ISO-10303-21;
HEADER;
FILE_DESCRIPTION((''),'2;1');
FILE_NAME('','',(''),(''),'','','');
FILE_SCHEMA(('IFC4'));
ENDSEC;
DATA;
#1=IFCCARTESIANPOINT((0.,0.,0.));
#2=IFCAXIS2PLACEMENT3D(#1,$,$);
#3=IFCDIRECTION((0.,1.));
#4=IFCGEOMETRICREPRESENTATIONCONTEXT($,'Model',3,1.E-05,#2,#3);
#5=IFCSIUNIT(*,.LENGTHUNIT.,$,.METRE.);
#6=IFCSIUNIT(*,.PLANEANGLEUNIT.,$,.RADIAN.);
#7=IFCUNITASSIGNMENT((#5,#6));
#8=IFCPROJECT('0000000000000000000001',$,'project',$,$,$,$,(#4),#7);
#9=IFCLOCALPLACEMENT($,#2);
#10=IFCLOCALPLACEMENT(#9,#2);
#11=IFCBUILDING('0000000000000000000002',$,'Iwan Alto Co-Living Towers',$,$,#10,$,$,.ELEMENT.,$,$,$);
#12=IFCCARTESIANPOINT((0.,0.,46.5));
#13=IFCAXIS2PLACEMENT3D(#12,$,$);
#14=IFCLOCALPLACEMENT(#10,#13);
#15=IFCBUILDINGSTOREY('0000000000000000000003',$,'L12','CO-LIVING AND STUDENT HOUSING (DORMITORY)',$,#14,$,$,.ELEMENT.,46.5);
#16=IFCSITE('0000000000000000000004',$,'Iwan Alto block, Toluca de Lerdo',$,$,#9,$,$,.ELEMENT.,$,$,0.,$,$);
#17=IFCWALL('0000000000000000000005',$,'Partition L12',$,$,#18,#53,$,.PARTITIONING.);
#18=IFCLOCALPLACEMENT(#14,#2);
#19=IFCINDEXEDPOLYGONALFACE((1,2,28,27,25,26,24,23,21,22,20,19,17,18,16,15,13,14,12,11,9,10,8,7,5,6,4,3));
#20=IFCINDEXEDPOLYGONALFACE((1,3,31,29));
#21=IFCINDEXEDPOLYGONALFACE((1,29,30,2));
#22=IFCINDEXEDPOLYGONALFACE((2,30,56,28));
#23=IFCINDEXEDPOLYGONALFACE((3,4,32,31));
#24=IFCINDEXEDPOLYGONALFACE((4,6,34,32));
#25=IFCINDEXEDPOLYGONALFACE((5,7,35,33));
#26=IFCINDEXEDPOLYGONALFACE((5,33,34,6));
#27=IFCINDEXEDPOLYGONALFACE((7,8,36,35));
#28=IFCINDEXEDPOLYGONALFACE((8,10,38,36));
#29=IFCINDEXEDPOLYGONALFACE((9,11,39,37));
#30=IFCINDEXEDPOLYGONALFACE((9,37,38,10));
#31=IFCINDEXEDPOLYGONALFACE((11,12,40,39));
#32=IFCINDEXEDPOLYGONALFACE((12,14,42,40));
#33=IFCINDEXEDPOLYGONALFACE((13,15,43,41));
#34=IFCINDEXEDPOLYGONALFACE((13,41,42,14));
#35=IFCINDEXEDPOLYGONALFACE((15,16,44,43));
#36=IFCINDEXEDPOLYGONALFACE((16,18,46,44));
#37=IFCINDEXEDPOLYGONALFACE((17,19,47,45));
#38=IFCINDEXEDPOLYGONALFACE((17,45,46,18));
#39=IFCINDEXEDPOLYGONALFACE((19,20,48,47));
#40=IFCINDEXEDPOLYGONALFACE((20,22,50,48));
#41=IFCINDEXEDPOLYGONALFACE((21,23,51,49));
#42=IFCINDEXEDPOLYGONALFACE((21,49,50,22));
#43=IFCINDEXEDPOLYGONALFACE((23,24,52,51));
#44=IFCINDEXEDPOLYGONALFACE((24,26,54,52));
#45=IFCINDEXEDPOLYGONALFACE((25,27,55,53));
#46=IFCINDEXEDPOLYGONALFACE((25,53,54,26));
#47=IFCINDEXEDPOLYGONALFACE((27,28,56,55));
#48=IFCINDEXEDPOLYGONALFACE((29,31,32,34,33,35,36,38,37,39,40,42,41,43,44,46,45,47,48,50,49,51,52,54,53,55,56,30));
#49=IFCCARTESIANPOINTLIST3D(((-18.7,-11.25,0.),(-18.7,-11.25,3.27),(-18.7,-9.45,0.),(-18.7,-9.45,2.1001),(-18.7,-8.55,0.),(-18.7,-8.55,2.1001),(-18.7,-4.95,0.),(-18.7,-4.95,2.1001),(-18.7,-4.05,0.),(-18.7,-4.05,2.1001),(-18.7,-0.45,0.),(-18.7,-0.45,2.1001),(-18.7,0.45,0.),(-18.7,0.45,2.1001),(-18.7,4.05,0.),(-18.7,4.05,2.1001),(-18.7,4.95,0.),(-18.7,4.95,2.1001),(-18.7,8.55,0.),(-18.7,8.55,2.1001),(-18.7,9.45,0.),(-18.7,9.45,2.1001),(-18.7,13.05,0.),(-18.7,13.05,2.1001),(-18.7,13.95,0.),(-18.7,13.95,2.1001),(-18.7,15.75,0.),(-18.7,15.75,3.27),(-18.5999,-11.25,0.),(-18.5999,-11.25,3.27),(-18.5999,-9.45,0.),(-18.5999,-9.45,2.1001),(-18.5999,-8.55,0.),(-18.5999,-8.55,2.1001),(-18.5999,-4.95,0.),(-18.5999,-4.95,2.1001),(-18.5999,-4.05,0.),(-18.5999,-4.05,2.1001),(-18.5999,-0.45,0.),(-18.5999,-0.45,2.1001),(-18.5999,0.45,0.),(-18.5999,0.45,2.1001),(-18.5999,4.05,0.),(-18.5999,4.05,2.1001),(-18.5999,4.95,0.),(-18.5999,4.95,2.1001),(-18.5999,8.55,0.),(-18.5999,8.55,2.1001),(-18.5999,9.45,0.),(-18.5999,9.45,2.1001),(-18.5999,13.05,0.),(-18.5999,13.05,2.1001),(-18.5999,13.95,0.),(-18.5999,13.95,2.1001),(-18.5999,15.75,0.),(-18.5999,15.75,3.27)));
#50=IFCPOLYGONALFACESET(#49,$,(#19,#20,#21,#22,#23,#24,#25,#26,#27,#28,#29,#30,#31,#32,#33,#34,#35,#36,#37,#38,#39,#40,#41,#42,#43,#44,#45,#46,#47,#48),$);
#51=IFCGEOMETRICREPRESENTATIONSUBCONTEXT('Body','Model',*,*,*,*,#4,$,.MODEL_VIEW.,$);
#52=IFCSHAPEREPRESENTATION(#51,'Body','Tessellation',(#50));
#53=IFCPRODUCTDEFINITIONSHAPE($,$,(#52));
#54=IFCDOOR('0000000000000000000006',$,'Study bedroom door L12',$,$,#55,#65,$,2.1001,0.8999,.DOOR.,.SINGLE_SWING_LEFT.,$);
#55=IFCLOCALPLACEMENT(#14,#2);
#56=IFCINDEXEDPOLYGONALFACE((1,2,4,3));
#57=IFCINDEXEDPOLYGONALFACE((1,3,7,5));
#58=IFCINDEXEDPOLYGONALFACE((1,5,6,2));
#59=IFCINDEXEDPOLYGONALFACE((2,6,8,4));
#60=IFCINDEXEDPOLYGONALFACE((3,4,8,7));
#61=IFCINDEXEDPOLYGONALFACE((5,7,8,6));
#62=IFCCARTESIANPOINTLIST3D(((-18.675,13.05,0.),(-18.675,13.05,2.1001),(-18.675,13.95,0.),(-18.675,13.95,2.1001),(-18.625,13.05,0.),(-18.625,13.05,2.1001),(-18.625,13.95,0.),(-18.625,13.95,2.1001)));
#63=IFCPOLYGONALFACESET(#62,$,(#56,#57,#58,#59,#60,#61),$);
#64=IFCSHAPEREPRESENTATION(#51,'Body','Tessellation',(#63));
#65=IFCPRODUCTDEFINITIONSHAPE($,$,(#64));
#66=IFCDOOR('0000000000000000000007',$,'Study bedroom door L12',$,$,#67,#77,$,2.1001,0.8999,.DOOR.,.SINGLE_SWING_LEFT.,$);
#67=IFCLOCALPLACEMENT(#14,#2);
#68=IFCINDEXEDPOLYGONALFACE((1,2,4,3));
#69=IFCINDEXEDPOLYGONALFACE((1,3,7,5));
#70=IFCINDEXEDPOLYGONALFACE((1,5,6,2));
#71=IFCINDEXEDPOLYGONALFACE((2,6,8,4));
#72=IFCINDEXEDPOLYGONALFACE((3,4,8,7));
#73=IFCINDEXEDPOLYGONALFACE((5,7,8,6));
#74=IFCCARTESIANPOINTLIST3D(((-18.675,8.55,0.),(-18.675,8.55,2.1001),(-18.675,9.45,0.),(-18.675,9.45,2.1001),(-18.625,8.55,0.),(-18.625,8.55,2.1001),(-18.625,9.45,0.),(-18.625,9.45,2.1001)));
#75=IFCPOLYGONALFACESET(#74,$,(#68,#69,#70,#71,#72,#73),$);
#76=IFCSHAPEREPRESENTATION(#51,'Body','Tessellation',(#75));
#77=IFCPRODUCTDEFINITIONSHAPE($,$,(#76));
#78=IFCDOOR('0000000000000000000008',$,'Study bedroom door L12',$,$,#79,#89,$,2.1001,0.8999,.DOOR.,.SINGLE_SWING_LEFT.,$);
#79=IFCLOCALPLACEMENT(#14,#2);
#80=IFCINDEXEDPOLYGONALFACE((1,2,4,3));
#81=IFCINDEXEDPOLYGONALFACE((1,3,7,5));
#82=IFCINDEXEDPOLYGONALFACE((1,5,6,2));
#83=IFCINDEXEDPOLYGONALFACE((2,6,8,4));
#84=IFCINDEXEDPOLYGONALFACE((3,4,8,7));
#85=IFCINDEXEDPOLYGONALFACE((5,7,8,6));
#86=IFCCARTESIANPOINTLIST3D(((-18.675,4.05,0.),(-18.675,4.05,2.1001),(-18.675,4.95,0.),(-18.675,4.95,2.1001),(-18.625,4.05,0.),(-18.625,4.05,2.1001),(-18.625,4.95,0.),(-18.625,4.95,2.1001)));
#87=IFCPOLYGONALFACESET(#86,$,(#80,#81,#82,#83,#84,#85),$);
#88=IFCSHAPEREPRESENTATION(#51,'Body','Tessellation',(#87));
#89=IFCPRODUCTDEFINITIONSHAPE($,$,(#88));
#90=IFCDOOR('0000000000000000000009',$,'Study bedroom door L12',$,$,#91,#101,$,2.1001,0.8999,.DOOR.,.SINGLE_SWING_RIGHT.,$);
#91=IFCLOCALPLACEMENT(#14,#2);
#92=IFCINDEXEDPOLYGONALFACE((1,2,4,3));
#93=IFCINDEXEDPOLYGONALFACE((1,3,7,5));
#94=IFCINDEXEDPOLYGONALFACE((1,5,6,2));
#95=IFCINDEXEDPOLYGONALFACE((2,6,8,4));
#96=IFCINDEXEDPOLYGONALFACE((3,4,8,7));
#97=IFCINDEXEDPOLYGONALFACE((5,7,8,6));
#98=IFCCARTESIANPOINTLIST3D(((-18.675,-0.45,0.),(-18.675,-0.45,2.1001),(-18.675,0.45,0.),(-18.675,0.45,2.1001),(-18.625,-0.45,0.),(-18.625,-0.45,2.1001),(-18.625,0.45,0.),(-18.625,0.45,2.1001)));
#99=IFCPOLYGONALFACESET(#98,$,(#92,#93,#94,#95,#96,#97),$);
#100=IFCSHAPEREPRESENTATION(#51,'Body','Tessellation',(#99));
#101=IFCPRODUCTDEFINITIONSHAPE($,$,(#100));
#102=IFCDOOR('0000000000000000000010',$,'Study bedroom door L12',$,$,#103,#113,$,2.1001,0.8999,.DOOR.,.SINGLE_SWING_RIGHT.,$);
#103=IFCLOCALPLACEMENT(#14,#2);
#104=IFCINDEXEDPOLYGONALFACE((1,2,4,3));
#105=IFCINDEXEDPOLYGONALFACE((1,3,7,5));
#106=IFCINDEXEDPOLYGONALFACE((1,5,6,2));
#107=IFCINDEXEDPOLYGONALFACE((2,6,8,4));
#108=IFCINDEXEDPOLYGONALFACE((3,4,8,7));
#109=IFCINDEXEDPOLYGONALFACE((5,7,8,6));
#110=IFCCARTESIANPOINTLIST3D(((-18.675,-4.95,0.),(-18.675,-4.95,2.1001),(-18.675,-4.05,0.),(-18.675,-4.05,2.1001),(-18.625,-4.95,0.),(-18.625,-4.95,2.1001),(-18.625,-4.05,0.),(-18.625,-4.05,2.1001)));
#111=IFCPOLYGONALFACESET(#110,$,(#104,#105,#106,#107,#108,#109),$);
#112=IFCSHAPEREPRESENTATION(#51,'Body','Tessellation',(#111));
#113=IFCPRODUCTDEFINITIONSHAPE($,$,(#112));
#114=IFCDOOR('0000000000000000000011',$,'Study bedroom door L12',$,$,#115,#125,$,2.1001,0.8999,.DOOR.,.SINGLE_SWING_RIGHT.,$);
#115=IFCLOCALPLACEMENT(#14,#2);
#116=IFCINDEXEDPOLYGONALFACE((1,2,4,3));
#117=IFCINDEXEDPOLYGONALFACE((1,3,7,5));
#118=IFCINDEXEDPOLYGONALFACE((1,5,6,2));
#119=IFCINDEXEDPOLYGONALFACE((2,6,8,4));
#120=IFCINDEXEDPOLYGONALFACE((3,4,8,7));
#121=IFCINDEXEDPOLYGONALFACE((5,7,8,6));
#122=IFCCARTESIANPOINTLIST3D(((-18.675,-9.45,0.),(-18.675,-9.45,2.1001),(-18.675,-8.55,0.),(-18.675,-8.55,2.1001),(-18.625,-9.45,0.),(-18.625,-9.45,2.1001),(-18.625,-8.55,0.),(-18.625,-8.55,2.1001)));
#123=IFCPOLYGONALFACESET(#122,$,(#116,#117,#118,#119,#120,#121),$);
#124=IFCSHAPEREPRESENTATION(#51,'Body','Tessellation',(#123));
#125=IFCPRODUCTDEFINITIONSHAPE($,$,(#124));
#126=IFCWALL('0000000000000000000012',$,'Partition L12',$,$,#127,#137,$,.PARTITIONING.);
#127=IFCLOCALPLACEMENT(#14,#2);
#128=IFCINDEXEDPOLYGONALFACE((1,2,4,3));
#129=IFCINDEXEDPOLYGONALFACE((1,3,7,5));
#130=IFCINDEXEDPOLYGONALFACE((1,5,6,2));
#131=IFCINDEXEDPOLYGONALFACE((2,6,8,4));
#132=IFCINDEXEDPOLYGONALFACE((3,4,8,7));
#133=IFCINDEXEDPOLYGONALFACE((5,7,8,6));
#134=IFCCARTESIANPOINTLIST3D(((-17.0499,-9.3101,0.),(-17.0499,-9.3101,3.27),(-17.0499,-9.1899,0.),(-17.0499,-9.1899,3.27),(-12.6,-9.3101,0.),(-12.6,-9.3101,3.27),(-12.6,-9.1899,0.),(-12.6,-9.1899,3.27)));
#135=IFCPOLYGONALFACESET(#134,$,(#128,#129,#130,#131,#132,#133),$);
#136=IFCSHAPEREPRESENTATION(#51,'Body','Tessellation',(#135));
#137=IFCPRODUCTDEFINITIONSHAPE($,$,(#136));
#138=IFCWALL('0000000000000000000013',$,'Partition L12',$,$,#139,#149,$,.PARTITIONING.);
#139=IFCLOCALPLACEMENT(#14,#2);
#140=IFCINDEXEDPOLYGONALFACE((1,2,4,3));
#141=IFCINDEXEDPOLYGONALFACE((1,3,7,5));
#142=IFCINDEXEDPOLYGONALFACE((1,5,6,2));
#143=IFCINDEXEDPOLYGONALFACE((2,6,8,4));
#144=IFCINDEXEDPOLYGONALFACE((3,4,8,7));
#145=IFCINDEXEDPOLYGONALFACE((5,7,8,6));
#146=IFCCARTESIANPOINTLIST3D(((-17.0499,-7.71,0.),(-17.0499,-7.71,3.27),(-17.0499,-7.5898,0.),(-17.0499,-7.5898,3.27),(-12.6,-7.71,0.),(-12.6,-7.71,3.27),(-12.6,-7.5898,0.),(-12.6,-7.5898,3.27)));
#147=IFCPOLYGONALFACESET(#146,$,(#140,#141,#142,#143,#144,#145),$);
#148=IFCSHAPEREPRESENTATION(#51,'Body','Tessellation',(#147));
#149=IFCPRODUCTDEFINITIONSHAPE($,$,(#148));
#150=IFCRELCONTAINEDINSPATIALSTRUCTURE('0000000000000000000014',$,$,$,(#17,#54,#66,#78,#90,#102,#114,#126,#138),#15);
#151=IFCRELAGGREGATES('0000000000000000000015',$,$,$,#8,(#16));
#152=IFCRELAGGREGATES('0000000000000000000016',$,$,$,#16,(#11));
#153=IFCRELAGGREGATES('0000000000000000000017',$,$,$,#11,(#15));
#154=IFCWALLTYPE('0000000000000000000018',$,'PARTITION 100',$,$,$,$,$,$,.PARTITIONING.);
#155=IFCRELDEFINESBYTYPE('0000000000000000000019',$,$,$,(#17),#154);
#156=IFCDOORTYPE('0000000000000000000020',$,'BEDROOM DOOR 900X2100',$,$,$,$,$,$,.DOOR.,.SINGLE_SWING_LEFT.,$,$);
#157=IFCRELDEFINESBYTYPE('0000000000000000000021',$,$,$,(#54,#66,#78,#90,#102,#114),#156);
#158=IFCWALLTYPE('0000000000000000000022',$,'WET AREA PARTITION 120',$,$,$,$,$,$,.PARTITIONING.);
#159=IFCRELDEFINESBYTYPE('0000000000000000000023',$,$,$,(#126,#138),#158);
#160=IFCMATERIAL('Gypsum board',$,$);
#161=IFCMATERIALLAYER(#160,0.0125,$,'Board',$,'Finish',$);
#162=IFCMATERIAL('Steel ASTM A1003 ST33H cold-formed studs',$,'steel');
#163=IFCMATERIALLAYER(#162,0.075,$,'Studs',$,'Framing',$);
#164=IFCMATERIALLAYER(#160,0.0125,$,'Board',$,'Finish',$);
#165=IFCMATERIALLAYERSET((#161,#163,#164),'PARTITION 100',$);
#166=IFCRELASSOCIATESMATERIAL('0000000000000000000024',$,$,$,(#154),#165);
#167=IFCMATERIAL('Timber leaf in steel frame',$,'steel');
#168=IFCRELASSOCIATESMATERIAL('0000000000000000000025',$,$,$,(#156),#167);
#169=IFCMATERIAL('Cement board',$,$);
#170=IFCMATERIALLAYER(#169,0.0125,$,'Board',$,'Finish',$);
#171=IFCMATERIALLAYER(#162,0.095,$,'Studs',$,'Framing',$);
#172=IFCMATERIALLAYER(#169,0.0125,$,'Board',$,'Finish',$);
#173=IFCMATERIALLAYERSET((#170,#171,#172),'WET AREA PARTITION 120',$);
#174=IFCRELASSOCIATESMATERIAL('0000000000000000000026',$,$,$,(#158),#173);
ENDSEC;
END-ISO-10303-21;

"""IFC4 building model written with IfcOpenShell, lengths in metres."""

from ifc_helpers import new_model, si_unit, direction, frame, frame_2d, origin, place, context, subcontext, project, spatial, rectangle, extrude, material, layer, layer_set, type_object, element, fill, save


model = new_model("IFC4")

# Units and contexts
model_context = context("Model", 3, precision=1e-05, world=origin(), true_north=direction((0.0, 1.0)))
body_context = subcontext(model_context, "Body", "Model", "MODEL_VIEW")
ifc_project = project(units=[si_unit("LENGTHUNIT", "METRE"), si_unit("PLANEANGLEUNIT", "RADIAN")], contexts=[model_context])

# Site, building, storey
site_placement = place(None, origin())
site = spatial("IfcSite", under=ifc_project, at=site_placement, Name="Iwan Alto block, Toluca de Lerdo", CompositionType="ELEMENT", RefElevation=0.0)
building_placement = place(site_placement, origin())
building = spatial("IfcBuilding", under=site, at=building_placement, Name="Iwan Alto Co-Living Towers", CompositionType="ELEMENT")
storey_placement = place(building_placement, frame((0.0, 0.0, 46.5)))
storey = spatial("IfcBuildingStorey", under=building, at=storey_placement, Name="L12", Description="CO-LIVING AND STUDENT HOUSING (DORMITORY)", CompositionType="ELEMENT", Elevation=46.5)

# Shared definitions
ifc_material_1 = material(Name="Gypsum board")
ifc_layer_1 = layer(ifc_material_1, 0.0125, Name="Board", Category="Finish")
ifc_material_2 = material(Name="Steel ASTM A1003 ST33H cold-formed studs", Category="steel")
ifc_layer_2 = layer(ifc_material_2, 0.075, Name="Studs", Category="Framing")
ifc_layer_3 = layer(ifc_material_1, 0.0125, Name="Board", Category="Finish")
ifc_layer_set_1 = layer_set([ifc_layer_1, ifc_layer_2, ifc_layer_3], Name="PARTITION 100")
wall_type_1 = type_object("IfcWallType", Name="PARTITION 100", PredefinedType="PARTITIONING", material=ifc_layer_set_1)

# Wall, openings, doors
wall_1_placement = place(storey_placement, frame((-18.6499, -11.25, 0.0), z_axis=(0.0, 0.0, 1.0), x_axis=(0.0, 1.0, 0.0)))
wall_1 = element("IfcWall", 1, at=wall_1_placement, inside=storey, type_object=wall_type_1, Name="Partition L12", PredefinedType="PARTITIONING", context=body_context, shape_type="SweptSolid", body=[
    extrude(rectangle(XDim=27.0, YDim=0.1001, at=frame_2d((13.5, 0.0))), origin(), (0.0, 0.0, 1.0), 3.27),
])
opening_1_placement = place(wall_1_placement, frame((24.3, 0.0, 0.0)))
opening_1 = element("IfcOpeningElement", 2, at=opening_1_placement, cuts=wall_1, PredefinedType="OPENING", context=body_context, shape_type="SweptSolid", body=[
    extrude(rectangle(XDim=0.8999, YDim=2.1001, at=frame_2d((0.45, 1.05))), frame((0.0, 0.0601, 0.0), z_axis=(0.0, -1.0, 0.0), x_axis=(1.0, 0.0, 0.0)), (0.0, 0.0, 1.0), 0.1201),
])
opening_2_placement = place(wall_1_placement, frame((19.8, 0.0, 0.0)))
opening_2 = element("IfcOpeningElement", 3, at=opening_2_placement, cuts=wall_1, PredefinedType="OPENING", context=body_context, shape_type="SweptSolid", body=[
    extrude(rectangle(XDim=0.8999, YDim=2.1001, at=frame_2d((0.45, 1.05))), frame((0.0, 0.0601, 0.0), z_axis=(0.0, -1.0, 0.0), x_axis=(1.0, 0.0, 0.0)), (0.0, 0.0, 1.0), 0.1201),
])
opening_3_placement = place(wall_1_placement, frame((15.3, 0.0, 0.0)))
opening_3 = element("IfcOpeningElement", 4, at=opening_3_placement, cuts=wall_1, PredefinedType="OPENING", context=body_context, shape_type="SweptSolid", body=[
    extrude(rectangle(XDim=0.8999, YDim=2.1001, at=frame_2d((0.45, 1.05))), frame((0.0, 0.0601, 0.0), z_axis=(0.0, -1.0, 0.0), x_axis=(1.0, 0.0, 0.0)), (0.0, 0.0, 1.0), 0.1201),
])
opening_4_placement = place(wall_1_placement, frame((10.8, 0.0, 0.0)))
opening_4 = element("IfcOpeningElement", 5, at=opening_4_placement, cuts=wall_1, PredefinedType="OPENING", context=body_context, shape_type="SweptSolid", body=[
    extrude(rectangle(XDim=0.8999, YDim=2.1001, at=frame_2d((0.45, 1.05))), frame((0.0, 0.0601, 0.0), z_axis=(0.0, -1.0, 0.0), x_axis=(1.0, 0.0, 0.0)), (0.0, 0.0, 1.0), 0.1201),
])
opening_5_placement = place(wall_1_placement, frame((6.3, 0.0, 0.0)))
opening_5 = element("IfcOpeningElement", 6, at=opening_5_placement, cuts=wall_1, PredefinedType="OPENING", context=body_context, shape_type="SweptSolid", body=[
    extrude(rectangle(XDim=0.8999, YDim=2.1001, at=frame_2d((0.45, 1.05))), frame((0.0, 0.0601, 0.0), z_axis=(0.0, -1.0, 0.0), x_axis=(1.0, 0.0, 0.0)), (0.0, 0.0, 1.0), 0.1201),
])
opening_6_placement = place(wall_1_placement, frame((1.8, 0.0, 0.0)))
opening_6 = element("IfcOpeningElement", 7, at=opening_6_placement, cuts=wall_1, PredefinedType="OPENING", context=body_context, shape_type="SweptSolid", body=[
    extrude(rectangle(XDim=0.8999, YDim=2.1001, at=frame_2d((0.45, 1.05))), frame((0.0, 0.0601, 0.0), z_axis=(0.0, -1.0, 0.0), x_axis=(1.0, 0.0, 0.0)), (0.0, 0.0, 1.0), 0.1201),
])
ifc_material_3 = material(Name="Timber leaf in steel frame", Category="steel")
door_type_1 = type_object("IfcDoorType", Name="BEDROOM DOOR 900X2100", OperationType="SINGLE_SWING_LEFT", PredefinedType="DOOR", material=ifc_material_3)
door_1_placement = place(opening_1_placement, frame((0.8999, 0.0, 0.0), z_axis=(0.0, 0.0, 1.0), x_axis=(-1.0, 0.0, 0.0)))
door_1 = element("IfcDoor", 8, at=door_1_placement, inside=storey, type_object=door_type_1, Name="Study bedroom door L12", OperationType="SINGLE_SWING_LEFT", OverallHeight=2.1001, OverallWidth=0.8999, PredefinedType="DOOR", context=body_context, shape_type="SweptSolid", body=[
    extrude(rectangle(XDim=0.8999, YDim=2.1001, at=frame_2d((0.45, 1.05))), frame((0.0, 0.0249, 0.0), z_axis=(0.0, -1.0, 0.0), x_axis=(1.0, 0.0, 0.0)), (0.0, 0.0, 1.0), 0.05),
])
fill(opening_1, door_1)
door_2_placement = place(opening_2_placement, frame((0.8999, 0.0, 0.0), z_axis=(0.0, 0.0, 1.0), x_axis=(-1.0, 0.0, 0.0)))
door_2 = element("IfcDoor", 9, at=door_2_placement, inside=storey, type_object=door_type_1, Name="Study bedroom door L12", OperationType="SINGLE_SWING_LEFT", OverallHeight=2.1001, OverallWidth=0.8999, PredefinedType="DOOR", context=body_context, shape_type="SweptSolid", body=[
    extrude(rectangle(XDim=0.8999, YDim=2.1001, at=frame_2d((0.45, 1.05))), frame((0.0, 0.0249, 0.0), z_axis=(0.0, -1.0, 0.0), x_axis=(1.0, 0.0, 0.0)), (0.0, 0.0, 1.0), 0.05),
])
fill(opening_2, door_2)
door_3_placement = place(opening_3_placement, frame((0.8999, 0.0, 0.0), z_axis=(0.0, 0.0, 1.0), x_axis=(-1.0, 0.0, 0.0)))
door_3 = element("IfcDoor", 10, at=door_3_placement, inside=storey, type_object=door_type_1, Name="Study bedroom door L12", OperationType="SINGLE_SWING_LEFT", OverallHeight=2.1001, OverallWidth=0.8999, PredefinedType="DOOR", context=body_context, shape_type="SweptSolid", body=[
    extrude(rectangle(XDim=0.8999, YDim=2.1001, at=frame_2d((0.45, 1.05))), frame((0.0, 0.0249, 0.0), z_axis=(0.0, -1.0, 0.0), x_axis=(1.0, 0.0, 0.0)), (0.0, 0.0, 1.0), 0.05),
])
fill(opening_3, door_3)
door_4_placement = place(opening_4_placement, frame((0.8999, 0.0, 0.0), z_axis=(0.0, 0.0, 1.0), x_axis=(-1.0, 0.0, 0.0)))
door_4 = element("IfcDoor", 11, at=door_4_placement, inside=storey, type_object=door_type_1, Name="Study bedroom door L12", OperationType="SINGLE_SWING_RIGHT", OverallHeight=2.1001, OverallWidth=0.8999, PredefinedType="DOOR", context=body_context, shape_type="SweptSolid", body=[
    extrude(rectangle(XDim=0.8999, YDim=2.1001, at=frame_2d((0.45, 1.05))), frame((0.0, 0.0249, 0.0), z_axis=(0.0, -1.0, 0.0), x_axis=(1.0, 0.0, 0.0)), (0.0, 0.0, 1.0), 0.05),
])
fill(opening_4, door_4)
door_5_placement = place(opening_5_placement, frame((0.8999, 0.0, 0.0), z_axis=(0.0, 0.0, 1.0), x_axis=(-1.0, 0.0, 0.0)))
door_5 = element("IfcDoor", 12, at=door_5_placement, inside=storey, type_object=door_type_1, Name="Study bedroom door L12", OperationType="SINGLE_SWING_RIGHT", OverallHeight=2.1001, OverallWidth=0.8999, PredefinedType="DOOR", context=body_context, shape_type="SweptSolid", body=[
    extrude(rectangle(XDim=0.8999, YDim=2.1001, at=frame_2d((0.45, 1.05))), frame((0.0, 0.0249, 0.0), z_axis=(0.0, -1.0, 0.0), x_axis=(1.0, 0.0, 0.0)), (0.0, 0.0, 1.0), 0.05),
])
fill(opening_5, door_5)
door_6_placement = place(opening_6_placement, frame((0.8999, 0.0, 0.0), z_axis=(0.0, 0.0, 1.0), x_axis=(-1.0, 0.0, 0.0)))
door_6 = element("IfcDoor", 13, at=door_6_placement, inside=storey, type_object=door_type_1, Name="Study bedroom door L12", OperationType="SINGLE_SWING_RIGHT", OverallHeight=2.1001, OverallWidth=0.8999, PredefinedType="DOOR", context=body_context, shape_type="SweptSolid", body=[
    extrude(rectangle(XDim=0.8999, YDim=2.1001, at=frame_2d((0.45, 1.05))), frame((0.0, 0.0249, 0.0), z_axis=(0.0, -1.0, 0.0), x_axis=(1.0, 0.0, 0.0)), (0.0, 0.0, 1.0), 0.05),
])
fill(opening_6, door_6)

# Walls
ifc_material_4 = material(Name="Cement board")
ifc_layer_4 = layer(ifc_material_4, 0.0125, Name="Board", Category="Finish")
ifc_layer_5 = layer(ifc_material_2, 0.095, Name="Studs", Category="Framing")
ifc_layer_6 = layer(ifc_material_4, 0.0125, Name="Board", Category="Finish")
ifc_layer_set_2 = layer_set([ifc_layer_4, ifc_layer_5, ifc_layer_6], Name="WET AREA PARTITION 120")
wall_type_2 = type_object("IfcWallType", Name="WET AREA PARTITION 120", PredefinedType="PARTITIONING", material=ifc_layer_set_2)
for number, where, z_axis, x_axis, name in (
    (14, (-17.05, -9.25, 0.0), (0.0, 0.0, 1.0), (1.0, 0.0, 0.0), "Partition L12"),
    (15, (-17.05, -7.6499, 0.0), (0.0, 0.0, 1.0), (1.0, 0.0, 0.0), "Partition L12"),
):
    element("IfcWall", number, at=place(storey_placement, frame(where, z_axis=z_axis, x_axis=x_axis)), inside=storey, type_object=wall_type_2, Name=name, PredefinedType="PARTITIONING", context=body_context, shape_type="SweptSolid", body=[
        extrude(rectangle(XDim=4.45, YDim=0.1201, at=frame_2d((2.2251, 0.0))), origin(), (0.0, 0.0, 1.0), 3.27),
    ])

save(model, "model.ifc")
